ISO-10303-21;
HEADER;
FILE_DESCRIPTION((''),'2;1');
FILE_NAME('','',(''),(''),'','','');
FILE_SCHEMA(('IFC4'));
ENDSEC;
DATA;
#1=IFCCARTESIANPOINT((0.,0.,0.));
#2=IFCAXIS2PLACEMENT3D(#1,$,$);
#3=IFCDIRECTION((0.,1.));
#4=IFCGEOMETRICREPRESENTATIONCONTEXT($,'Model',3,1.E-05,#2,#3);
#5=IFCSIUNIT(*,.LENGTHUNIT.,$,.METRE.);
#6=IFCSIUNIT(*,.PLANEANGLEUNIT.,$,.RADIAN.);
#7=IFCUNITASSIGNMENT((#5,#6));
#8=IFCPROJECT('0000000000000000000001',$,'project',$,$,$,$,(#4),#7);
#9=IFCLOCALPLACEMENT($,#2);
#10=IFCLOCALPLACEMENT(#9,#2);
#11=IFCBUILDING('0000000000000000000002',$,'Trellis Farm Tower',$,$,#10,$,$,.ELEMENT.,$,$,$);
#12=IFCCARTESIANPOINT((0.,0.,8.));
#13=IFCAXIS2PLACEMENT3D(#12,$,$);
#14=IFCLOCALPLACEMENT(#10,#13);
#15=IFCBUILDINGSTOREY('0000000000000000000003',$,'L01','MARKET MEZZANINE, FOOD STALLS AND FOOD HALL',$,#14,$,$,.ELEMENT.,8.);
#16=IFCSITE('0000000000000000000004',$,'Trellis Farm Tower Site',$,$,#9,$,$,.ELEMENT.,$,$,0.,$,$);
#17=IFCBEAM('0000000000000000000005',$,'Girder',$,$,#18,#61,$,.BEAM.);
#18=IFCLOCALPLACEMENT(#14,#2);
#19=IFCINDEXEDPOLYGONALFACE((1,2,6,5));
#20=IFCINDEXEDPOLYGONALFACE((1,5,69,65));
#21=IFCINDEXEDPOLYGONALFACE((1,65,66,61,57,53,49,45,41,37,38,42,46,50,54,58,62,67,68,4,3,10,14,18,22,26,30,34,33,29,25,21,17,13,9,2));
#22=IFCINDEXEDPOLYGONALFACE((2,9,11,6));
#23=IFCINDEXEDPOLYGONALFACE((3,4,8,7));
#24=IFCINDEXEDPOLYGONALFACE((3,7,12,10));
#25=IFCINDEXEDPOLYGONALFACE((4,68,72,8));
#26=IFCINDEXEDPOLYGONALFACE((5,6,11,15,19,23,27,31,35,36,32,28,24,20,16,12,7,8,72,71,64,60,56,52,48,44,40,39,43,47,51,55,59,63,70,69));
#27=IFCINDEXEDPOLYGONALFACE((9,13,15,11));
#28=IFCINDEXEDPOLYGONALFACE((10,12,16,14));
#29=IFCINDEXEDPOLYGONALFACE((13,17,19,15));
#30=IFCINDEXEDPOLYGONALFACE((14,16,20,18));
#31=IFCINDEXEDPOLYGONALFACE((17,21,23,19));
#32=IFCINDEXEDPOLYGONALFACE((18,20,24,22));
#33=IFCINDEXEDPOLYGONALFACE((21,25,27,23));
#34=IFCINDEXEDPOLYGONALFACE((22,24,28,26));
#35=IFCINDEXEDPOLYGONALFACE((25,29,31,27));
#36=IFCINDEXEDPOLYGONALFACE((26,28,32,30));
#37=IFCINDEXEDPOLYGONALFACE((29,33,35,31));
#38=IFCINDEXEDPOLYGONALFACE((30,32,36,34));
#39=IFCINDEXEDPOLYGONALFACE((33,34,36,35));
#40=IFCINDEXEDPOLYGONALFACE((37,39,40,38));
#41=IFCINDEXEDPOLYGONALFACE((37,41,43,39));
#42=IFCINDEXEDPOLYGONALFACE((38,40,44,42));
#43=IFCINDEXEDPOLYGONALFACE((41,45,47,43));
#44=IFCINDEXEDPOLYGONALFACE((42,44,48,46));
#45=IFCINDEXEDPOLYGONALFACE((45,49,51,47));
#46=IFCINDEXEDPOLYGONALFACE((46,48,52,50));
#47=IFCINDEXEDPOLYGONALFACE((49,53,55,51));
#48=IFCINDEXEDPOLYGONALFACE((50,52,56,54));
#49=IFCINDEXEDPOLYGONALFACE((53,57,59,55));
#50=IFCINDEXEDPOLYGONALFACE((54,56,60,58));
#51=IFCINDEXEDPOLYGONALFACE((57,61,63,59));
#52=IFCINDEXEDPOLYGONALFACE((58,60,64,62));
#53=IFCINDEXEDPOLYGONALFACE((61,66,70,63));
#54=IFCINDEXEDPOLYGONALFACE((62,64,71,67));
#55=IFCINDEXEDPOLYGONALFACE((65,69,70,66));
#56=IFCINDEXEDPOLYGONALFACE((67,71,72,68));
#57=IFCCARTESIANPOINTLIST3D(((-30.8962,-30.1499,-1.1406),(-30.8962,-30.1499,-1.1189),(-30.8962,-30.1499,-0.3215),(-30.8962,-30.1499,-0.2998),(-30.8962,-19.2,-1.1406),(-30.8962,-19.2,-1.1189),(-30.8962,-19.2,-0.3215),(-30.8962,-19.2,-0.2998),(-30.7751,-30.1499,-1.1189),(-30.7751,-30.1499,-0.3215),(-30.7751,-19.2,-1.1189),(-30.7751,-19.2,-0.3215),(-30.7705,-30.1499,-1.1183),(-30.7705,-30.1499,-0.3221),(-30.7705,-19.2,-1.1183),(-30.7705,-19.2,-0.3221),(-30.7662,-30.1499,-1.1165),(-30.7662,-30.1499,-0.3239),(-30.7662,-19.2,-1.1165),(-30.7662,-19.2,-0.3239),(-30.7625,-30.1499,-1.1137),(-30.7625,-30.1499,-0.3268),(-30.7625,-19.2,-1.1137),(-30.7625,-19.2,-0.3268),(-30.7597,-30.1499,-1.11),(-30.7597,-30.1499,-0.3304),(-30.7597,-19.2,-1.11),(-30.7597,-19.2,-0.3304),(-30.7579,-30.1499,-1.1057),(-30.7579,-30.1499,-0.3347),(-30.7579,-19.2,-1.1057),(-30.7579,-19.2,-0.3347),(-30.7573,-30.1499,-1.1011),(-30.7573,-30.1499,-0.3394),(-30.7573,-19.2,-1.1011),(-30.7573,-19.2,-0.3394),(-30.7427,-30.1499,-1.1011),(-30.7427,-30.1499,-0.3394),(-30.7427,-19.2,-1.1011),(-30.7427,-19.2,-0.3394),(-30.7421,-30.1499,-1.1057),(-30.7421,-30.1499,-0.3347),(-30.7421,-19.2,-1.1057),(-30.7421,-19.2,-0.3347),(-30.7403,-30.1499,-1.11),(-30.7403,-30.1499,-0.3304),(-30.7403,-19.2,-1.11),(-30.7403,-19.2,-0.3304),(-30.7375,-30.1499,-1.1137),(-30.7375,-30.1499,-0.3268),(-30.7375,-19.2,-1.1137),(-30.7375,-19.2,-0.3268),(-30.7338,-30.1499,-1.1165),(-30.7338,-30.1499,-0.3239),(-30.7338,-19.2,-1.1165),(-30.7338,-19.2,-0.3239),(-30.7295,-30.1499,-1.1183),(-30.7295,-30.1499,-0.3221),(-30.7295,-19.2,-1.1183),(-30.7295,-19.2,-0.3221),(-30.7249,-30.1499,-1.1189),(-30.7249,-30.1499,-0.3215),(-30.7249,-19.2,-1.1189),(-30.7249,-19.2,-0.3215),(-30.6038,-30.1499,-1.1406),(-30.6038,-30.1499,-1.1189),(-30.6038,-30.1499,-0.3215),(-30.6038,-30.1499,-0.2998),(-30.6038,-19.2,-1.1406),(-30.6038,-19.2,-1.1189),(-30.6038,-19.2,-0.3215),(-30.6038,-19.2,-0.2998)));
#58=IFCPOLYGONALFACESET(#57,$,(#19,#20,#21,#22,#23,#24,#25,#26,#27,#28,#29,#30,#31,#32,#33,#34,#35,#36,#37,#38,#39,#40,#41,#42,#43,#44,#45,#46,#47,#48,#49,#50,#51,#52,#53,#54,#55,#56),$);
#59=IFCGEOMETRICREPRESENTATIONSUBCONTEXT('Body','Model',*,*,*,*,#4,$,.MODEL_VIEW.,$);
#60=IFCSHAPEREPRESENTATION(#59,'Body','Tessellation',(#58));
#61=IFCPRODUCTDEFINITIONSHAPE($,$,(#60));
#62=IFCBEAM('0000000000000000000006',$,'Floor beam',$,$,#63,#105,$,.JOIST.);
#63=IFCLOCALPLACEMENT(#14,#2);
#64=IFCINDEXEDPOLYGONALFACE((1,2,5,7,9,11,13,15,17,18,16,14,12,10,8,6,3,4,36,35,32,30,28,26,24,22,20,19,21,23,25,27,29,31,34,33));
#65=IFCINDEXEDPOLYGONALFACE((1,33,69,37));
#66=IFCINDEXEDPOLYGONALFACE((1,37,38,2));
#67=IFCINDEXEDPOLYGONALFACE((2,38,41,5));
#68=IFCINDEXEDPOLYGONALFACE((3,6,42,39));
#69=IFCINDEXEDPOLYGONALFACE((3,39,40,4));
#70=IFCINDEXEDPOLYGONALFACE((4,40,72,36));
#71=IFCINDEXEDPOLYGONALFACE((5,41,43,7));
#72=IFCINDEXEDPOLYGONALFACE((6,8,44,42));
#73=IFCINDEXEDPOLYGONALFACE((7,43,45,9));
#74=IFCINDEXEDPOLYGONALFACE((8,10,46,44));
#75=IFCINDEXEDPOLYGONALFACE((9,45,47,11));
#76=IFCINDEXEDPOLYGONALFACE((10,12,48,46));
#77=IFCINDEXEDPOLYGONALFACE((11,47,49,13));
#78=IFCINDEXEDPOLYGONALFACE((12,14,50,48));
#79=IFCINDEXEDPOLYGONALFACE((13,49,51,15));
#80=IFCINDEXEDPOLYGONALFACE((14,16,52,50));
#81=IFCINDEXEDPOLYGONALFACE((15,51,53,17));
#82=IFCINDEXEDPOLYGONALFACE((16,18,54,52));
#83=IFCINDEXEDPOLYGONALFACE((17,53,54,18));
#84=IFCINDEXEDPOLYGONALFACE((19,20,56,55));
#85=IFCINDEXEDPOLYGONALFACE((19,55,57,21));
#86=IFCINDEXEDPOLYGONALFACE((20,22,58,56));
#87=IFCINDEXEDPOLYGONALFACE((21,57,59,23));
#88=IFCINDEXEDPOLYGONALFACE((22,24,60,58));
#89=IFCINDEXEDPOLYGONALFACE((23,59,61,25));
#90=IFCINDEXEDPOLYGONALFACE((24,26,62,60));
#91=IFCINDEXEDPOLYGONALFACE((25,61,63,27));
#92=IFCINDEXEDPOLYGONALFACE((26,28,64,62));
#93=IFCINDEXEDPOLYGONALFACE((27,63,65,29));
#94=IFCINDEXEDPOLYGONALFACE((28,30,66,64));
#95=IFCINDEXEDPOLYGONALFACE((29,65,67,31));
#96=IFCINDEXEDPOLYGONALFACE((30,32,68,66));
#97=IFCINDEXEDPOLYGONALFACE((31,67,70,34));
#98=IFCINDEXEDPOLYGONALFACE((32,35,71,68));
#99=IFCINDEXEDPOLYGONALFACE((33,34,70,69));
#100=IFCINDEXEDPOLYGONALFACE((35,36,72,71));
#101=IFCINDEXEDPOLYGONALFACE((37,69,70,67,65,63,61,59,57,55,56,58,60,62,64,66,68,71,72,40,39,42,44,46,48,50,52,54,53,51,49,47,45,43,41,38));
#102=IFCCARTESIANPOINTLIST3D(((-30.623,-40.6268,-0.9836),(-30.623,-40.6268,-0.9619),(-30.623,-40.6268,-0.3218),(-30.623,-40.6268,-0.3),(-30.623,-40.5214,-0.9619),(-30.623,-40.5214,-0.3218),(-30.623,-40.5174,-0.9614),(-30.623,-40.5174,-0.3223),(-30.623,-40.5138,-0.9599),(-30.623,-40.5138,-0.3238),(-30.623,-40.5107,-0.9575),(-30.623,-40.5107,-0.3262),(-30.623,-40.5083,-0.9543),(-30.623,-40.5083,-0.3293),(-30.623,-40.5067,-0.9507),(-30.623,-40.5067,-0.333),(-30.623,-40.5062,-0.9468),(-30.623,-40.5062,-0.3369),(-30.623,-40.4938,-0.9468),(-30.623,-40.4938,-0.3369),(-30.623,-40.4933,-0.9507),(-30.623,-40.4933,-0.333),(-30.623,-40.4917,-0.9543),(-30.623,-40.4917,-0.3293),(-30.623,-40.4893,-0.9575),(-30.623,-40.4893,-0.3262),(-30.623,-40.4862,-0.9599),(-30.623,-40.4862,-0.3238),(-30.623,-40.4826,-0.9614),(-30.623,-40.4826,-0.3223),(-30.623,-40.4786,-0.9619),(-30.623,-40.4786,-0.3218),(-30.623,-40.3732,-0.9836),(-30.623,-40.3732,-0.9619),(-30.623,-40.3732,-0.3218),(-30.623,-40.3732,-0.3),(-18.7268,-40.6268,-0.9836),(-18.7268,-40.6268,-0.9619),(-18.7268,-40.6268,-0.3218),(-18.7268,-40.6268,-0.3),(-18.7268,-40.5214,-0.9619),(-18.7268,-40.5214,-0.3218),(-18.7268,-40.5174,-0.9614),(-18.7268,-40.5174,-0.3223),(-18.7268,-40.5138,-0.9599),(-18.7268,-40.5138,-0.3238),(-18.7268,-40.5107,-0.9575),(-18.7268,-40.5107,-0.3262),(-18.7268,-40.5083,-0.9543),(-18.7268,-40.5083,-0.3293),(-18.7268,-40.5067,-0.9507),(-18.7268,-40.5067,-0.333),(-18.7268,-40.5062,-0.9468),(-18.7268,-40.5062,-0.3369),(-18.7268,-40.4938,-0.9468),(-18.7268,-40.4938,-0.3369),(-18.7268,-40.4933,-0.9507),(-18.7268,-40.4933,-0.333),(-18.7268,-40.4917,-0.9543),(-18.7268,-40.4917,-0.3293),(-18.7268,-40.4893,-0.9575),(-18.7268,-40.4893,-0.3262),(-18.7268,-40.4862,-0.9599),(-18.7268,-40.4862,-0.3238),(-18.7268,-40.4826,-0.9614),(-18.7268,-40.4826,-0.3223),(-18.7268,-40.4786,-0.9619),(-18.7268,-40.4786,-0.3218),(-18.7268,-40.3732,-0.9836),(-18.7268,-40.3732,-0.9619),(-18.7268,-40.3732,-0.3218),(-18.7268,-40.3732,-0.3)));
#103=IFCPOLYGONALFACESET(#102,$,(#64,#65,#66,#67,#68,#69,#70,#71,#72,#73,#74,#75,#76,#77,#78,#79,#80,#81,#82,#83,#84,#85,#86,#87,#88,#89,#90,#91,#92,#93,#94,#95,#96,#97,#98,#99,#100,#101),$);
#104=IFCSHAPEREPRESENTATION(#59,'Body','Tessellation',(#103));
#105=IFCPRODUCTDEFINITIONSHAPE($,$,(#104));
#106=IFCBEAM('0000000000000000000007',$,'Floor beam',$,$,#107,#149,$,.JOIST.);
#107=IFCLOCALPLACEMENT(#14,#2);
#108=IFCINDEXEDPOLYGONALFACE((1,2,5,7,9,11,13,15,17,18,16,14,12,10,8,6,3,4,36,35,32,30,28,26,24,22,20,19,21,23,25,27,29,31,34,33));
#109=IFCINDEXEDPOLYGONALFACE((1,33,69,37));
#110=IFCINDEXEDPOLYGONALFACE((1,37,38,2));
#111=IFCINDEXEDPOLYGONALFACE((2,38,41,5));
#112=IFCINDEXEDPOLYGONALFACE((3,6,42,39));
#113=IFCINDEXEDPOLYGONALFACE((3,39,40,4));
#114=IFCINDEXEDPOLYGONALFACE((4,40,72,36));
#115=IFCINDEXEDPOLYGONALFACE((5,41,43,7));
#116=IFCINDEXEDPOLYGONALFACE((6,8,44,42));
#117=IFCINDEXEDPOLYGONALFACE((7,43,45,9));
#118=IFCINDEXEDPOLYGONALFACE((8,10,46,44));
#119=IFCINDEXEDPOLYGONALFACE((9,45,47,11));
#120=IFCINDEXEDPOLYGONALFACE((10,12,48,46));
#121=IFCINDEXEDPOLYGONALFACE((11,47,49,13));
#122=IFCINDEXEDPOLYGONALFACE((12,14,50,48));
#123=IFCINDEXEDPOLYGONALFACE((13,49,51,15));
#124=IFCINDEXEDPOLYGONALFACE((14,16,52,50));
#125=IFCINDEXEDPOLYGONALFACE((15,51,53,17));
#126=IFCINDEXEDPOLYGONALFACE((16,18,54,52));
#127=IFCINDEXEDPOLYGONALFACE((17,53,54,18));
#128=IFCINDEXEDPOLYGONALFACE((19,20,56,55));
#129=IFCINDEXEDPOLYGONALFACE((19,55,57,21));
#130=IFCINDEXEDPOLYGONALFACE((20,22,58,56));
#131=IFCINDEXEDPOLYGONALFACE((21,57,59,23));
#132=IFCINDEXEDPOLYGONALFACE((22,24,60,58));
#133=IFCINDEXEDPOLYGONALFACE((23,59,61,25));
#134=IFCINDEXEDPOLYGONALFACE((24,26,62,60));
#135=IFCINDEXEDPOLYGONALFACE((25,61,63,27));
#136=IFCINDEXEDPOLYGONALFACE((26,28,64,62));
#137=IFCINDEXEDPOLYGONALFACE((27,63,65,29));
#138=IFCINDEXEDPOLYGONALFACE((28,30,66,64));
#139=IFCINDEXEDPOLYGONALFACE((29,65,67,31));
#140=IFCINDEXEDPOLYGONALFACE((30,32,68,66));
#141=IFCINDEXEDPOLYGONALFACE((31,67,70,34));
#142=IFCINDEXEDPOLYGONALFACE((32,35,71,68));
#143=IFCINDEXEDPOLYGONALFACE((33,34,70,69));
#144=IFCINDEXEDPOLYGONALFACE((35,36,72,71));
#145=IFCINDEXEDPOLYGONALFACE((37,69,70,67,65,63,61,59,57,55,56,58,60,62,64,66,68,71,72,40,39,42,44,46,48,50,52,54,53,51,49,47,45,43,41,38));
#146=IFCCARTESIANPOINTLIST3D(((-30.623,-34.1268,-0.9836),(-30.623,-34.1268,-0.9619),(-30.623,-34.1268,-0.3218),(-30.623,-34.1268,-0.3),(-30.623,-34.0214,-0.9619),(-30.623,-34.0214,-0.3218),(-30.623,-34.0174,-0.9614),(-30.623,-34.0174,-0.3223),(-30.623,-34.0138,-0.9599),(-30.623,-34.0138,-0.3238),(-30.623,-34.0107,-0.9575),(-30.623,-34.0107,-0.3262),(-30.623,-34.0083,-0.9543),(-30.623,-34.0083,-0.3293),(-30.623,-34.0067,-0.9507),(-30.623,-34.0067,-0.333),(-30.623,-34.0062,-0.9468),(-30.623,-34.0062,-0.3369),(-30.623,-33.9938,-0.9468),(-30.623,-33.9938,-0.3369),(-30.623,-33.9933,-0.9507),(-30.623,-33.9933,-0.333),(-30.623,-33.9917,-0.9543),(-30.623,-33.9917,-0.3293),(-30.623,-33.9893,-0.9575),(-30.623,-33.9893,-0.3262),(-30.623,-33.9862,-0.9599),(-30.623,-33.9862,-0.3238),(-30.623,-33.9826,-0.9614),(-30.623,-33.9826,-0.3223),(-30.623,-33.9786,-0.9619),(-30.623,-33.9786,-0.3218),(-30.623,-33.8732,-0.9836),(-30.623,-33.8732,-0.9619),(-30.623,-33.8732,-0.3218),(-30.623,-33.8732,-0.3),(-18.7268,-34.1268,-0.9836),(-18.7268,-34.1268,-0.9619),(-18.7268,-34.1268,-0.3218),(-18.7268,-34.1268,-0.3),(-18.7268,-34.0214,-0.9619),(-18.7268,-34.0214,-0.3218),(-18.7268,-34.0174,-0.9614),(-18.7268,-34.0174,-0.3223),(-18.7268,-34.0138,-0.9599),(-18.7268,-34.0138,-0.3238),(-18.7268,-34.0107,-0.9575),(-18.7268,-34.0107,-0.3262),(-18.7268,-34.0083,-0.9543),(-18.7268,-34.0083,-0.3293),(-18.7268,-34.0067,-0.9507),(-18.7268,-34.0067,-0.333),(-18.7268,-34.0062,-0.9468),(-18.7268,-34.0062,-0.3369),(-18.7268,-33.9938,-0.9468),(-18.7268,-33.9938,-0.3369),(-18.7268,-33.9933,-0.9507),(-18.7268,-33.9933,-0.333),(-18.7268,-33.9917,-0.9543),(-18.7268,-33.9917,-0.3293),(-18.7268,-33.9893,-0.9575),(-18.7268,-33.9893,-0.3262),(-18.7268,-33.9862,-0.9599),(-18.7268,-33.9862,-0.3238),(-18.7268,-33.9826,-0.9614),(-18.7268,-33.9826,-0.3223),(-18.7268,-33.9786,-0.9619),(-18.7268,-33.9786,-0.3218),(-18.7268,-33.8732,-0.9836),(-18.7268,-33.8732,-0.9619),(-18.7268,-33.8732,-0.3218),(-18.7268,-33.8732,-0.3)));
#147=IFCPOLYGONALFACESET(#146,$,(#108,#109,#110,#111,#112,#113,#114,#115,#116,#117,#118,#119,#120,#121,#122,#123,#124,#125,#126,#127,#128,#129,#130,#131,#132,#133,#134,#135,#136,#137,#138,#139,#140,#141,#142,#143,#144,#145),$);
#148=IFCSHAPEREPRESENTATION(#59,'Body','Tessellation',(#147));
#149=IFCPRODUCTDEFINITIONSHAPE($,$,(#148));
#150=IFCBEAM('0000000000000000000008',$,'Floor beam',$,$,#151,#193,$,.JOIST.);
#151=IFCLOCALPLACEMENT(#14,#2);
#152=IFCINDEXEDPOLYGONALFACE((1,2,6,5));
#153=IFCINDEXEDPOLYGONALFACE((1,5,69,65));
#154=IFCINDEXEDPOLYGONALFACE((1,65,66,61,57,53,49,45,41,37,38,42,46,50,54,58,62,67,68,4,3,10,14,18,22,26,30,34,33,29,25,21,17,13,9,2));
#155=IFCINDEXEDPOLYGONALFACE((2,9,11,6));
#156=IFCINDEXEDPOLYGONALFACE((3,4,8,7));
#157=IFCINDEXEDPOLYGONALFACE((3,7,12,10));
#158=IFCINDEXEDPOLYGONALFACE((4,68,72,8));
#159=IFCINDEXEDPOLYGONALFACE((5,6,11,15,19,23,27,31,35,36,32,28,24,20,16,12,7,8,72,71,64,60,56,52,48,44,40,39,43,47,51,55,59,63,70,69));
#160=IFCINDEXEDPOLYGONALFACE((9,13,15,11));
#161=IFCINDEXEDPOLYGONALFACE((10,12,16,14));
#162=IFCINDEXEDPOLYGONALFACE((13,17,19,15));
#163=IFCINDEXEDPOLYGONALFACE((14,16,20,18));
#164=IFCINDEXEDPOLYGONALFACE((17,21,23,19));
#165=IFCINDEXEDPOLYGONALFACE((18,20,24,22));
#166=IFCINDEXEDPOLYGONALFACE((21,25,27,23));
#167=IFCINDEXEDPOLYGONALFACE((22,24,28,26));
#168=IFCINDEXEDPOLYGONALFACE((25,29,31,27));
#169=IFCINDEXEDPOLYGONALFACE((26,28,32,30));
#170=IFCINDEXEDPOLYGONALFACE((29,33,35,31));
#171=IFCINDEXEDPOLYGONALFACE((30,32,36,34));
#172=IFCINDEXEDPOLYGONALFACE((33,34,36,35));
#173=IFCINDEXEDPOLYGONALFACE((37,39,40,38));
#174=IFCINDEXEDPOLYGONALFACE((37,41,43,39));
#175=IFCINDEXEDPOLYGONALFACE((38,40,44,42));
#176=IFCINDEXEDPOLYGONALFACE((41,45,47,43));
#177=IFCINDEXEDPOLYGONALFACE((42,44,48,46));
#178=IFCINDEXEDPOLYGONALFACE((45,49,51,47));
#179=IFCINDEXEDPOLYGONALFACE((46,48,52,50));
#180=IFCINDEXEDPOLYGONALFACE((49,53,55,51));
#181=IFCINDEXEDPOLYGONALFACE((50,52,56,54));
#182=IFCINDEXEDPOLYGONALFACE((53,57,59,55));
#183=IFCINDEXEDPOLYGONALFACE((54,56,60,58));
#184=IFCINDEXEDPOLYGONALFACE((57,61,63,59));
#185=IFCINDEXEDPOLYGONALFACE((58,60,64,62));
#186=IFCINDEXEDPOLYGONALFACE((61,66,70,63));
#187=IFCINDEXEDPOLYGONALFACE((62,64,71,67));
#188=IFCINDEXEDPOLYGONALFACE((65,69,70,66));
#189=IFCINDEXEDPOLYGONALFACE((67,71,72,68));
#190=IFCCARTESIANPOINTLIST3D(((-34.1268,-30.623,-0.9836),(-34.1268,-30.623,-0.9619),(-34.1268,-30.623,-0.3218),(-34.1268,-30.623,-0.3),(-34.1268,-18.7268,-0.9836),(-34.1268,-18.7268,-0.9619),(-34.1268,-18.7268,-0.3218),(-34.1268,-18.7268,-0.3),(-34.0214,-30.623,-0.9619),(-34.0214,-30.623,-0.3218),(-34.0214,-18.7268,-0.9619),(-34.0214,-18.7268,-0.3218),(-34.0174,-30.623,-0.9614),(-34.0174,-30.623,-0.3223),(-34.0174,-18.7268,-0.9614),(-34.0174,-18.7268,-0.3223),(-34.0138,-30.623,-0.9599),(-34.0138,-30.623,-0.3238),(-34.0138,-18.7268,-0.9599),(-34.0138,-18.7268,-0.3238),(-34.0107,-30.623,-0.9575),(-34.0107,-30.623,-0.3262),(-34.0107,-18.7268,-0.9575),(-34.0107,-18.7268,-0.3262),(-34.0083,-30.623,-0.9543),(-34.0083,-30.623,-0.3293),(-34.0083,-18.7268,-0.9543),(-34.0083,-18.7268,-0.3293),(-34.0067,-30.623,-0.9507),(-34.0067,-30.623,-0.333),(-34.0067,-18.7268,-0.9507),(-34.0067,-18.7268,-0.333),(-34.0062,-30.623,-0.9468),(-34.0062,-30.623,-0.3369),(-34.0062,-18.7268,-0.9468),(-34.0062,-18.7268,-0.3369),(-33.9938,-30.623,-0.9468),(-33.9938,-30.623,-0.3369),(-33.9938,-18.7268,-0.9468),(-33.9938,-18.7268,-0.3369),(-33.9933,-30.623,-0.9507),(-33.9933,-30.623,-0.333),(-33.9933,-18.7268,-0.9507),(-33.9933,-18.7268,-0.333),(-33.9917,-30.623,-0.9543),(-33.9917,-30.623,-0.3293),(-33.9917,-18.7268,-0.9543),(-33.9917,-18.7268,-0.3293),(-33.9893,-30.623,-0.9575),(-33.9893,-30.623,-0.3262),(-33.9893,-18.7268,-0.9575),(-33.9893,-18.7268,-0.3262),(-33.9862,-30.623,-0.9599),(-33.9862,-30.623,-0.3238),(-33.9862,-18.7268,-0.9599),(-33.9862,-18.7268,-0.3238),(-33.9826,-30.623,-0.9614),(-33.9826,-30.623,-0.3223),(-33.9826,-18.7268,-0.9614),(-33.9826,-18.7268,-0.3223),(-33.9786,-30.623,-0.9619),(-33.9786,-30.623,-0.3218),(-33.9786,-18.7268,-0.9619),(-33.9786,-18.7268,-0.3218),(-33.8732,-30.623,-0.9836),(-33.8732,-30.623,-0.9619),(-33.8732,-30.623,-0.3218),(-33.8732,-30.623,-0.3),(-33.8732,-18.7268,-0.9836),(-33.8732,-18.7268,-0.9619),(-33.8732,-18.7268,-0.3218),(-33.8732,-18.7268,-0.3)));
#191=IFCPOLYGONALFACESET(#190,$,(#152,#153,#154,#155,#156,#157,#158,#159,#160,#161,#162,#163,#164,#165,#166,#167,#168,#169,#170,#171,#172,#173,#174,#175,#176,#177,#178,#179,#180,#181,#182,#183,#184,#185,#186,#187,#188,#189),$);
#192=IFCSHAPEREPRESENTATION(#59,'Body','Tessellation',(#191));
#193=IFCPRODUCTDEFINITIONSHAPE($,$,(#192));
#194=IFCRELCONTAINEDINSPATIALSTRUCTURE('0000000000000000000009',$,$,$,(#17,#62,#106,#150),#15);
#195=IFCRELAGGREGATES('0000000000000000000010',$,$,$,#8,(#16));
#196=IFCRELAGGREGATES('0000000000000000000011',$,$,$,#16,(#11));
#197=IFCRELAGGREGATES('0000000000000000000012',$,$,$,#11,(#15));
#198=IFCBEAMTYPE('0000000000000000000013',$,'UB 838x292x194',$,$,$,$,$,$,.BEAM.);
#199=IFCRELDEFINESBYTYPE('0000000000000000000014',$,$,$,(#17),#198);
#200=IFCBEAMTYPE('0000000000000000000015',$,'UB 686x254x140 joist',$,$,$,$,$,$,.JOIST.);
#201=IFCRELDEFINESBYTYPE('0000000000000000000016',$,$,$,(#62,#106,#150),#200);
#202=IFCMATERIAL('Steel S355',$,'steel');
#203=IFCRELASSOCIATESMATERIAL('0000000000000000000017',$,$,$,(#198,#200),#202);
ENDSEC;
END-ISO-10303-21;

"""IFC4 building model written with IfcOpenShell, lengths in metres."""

from ifc_helpers import new_model, si_unit, direction, frame, origin, origin_2d, place, context, subcontext, project, spatial, i_section, extrude, source, transform, mapped, material, material_profile, profile_set, type_object, element, save


model = new_model("IFC4")

# Units and contexts
model_context = context("Model", 3, precision=1e-05, world=origin(), true_north=direction((0.0, 1.0)))
body_context = subcontext(model_context, "Body", "Model", "MODEL_VIEW")
ifc_project = project(units=[si_unit("LENGTHUNIT", "METRE"), si_unit("PLANEANGLEUNIT", "RADIAN")], contexts=[model_context])

# Site, building, storey
site_placement = place(None, origin())
site = spatial("IfcSite", under=ifc_project, at=site_placement, Name="Trellis Farm Tower Site", CompositionType="ELEMENT", RefElevation=0.0)
building_placement = place(site_placement, origin())
building = spatial("IfcBuilding", under=site, at=building_placement, Name="Trellis Farm Tower", CompositionType="ELEMENT")
storey_placement = place(building_placement, frame((0.0, 0.0, 8.0)))
storey = spatial("IfcBuildingStorey", under=building, at=storey_placement, Name="L01", Description="MARKET MEZZANINE, FOOD STALLS AND FOOD HALL", CompositionType="ELEMENT", Elevation=8.0)

# Beams
ifc_material_1 = material(Name="Steel S355", Category="steel")
ifc_material_profile_1 = material_profile(ifc_material_1, i_section(OverallWidth=0.2925, OverallDepth=0.8408, WebThickness=0.0146, FlangeThickness=0.0217, FilletRadius=0.0178, at=origin_2d()), Name="UB 838x292x194")
ifc_profile_set_1 = profile_set([ifc_material_profile_1], Name="Steel S355")
beam_type_1 = type_object("IfcBeamType", Name="UB 838x292x194", PredefinedType="BEAM", material=ifc_profile_set_1)
shared_shape_1 = source(origin(), body_context, "Body", "SweptSolid", [
    extrude(i_section(OverallWidth=0.2925, OverallDepth=0.8408, WebThickness=0.0146, FlangeThickness=0.0217, FilletRadius=0.0178, at=origin_2d()), origin(), (0.0, 0.0, 1.0), 10.95),
])
for number, where, z_axis, x_axis, name in (
    (1, (-30.75, -30.1499, -0.7202), (0.0, 1.0, 0.0), (-1.0, 0.0, 0.0), "Girder"),
):
    element("IfcBeam", number, at=place(storey_placement, frame(where, z_axis=z_axis, x_axis=x_axis)), inside=storey, type_object=beam_type_1, Name=name, PredefinedType="BEAM", context=body_context, shape_type="MappedRepresentation", body=[
        mapped(shared_shape_1, transform((0.0, 0.0, 0.0))),
    ])
ifc_material_profile_2 = material_profile(ifc_material_1, i_section(OverallWidth=0.2537, OverallDepth=0.6836, WebThickness=0.0125, FlangeThickness=0.0217, FilletRadius=0.0151, at=origin_2d()), Name="UB 686x254x140")
ifc_profile_set_2 = profile_set([ifc_material_profile_2], Name="Steel S355")
beam_type_2 = type_object("IfcBeamType", Name="UB 686x254x140 joist", PredefinedType="JOIST", material=ifc_profile_set_2)
shared_shape_2 = source(origin(), body_context, "Body", "SweptSolid", [
    extrude(i_section(OverallWidth=0.2537, OverallDepth=0.6836, WebThickness=0.0125, FlangeThickness=0.0217, FilletRadius=0.0151, at=origin_2d()), origin(), (0.0, 0.0, 1.0), 11.8962),
])
for number, where, z_axis, x_axis, name in (
    (2, (-30.623, -40.5, -0.6418), (1.0, 0.0, 0.0), (0.0, 1.0, 0.0), "Floor beam"),
    (3, (-30.623, -34.0, -0.6418), (1.0, 0.0, 0.0), (0.0, 1.0, 0.0), "Floor beam"),
    (4, (-34.0, -30.623, -0.6418), (0.0, 1.0, 0.0), (-1.0, 0.0, 0.0), "Floor beam"),
):
    element("IfcBeam", number, at=place(storey_placement, frame(where, z_axis=z_axis, x_axis=x_axis)), inside=storey, type_object=beam_type_2, Name=name, PredefinedType="JOIST", context=body_context, shape_type="MappedRepresentation", body=[
        mapped(shared_shape_2, transform((0.0, 0.0, 0.0))),
    ])

save(model, "model.ifc")
